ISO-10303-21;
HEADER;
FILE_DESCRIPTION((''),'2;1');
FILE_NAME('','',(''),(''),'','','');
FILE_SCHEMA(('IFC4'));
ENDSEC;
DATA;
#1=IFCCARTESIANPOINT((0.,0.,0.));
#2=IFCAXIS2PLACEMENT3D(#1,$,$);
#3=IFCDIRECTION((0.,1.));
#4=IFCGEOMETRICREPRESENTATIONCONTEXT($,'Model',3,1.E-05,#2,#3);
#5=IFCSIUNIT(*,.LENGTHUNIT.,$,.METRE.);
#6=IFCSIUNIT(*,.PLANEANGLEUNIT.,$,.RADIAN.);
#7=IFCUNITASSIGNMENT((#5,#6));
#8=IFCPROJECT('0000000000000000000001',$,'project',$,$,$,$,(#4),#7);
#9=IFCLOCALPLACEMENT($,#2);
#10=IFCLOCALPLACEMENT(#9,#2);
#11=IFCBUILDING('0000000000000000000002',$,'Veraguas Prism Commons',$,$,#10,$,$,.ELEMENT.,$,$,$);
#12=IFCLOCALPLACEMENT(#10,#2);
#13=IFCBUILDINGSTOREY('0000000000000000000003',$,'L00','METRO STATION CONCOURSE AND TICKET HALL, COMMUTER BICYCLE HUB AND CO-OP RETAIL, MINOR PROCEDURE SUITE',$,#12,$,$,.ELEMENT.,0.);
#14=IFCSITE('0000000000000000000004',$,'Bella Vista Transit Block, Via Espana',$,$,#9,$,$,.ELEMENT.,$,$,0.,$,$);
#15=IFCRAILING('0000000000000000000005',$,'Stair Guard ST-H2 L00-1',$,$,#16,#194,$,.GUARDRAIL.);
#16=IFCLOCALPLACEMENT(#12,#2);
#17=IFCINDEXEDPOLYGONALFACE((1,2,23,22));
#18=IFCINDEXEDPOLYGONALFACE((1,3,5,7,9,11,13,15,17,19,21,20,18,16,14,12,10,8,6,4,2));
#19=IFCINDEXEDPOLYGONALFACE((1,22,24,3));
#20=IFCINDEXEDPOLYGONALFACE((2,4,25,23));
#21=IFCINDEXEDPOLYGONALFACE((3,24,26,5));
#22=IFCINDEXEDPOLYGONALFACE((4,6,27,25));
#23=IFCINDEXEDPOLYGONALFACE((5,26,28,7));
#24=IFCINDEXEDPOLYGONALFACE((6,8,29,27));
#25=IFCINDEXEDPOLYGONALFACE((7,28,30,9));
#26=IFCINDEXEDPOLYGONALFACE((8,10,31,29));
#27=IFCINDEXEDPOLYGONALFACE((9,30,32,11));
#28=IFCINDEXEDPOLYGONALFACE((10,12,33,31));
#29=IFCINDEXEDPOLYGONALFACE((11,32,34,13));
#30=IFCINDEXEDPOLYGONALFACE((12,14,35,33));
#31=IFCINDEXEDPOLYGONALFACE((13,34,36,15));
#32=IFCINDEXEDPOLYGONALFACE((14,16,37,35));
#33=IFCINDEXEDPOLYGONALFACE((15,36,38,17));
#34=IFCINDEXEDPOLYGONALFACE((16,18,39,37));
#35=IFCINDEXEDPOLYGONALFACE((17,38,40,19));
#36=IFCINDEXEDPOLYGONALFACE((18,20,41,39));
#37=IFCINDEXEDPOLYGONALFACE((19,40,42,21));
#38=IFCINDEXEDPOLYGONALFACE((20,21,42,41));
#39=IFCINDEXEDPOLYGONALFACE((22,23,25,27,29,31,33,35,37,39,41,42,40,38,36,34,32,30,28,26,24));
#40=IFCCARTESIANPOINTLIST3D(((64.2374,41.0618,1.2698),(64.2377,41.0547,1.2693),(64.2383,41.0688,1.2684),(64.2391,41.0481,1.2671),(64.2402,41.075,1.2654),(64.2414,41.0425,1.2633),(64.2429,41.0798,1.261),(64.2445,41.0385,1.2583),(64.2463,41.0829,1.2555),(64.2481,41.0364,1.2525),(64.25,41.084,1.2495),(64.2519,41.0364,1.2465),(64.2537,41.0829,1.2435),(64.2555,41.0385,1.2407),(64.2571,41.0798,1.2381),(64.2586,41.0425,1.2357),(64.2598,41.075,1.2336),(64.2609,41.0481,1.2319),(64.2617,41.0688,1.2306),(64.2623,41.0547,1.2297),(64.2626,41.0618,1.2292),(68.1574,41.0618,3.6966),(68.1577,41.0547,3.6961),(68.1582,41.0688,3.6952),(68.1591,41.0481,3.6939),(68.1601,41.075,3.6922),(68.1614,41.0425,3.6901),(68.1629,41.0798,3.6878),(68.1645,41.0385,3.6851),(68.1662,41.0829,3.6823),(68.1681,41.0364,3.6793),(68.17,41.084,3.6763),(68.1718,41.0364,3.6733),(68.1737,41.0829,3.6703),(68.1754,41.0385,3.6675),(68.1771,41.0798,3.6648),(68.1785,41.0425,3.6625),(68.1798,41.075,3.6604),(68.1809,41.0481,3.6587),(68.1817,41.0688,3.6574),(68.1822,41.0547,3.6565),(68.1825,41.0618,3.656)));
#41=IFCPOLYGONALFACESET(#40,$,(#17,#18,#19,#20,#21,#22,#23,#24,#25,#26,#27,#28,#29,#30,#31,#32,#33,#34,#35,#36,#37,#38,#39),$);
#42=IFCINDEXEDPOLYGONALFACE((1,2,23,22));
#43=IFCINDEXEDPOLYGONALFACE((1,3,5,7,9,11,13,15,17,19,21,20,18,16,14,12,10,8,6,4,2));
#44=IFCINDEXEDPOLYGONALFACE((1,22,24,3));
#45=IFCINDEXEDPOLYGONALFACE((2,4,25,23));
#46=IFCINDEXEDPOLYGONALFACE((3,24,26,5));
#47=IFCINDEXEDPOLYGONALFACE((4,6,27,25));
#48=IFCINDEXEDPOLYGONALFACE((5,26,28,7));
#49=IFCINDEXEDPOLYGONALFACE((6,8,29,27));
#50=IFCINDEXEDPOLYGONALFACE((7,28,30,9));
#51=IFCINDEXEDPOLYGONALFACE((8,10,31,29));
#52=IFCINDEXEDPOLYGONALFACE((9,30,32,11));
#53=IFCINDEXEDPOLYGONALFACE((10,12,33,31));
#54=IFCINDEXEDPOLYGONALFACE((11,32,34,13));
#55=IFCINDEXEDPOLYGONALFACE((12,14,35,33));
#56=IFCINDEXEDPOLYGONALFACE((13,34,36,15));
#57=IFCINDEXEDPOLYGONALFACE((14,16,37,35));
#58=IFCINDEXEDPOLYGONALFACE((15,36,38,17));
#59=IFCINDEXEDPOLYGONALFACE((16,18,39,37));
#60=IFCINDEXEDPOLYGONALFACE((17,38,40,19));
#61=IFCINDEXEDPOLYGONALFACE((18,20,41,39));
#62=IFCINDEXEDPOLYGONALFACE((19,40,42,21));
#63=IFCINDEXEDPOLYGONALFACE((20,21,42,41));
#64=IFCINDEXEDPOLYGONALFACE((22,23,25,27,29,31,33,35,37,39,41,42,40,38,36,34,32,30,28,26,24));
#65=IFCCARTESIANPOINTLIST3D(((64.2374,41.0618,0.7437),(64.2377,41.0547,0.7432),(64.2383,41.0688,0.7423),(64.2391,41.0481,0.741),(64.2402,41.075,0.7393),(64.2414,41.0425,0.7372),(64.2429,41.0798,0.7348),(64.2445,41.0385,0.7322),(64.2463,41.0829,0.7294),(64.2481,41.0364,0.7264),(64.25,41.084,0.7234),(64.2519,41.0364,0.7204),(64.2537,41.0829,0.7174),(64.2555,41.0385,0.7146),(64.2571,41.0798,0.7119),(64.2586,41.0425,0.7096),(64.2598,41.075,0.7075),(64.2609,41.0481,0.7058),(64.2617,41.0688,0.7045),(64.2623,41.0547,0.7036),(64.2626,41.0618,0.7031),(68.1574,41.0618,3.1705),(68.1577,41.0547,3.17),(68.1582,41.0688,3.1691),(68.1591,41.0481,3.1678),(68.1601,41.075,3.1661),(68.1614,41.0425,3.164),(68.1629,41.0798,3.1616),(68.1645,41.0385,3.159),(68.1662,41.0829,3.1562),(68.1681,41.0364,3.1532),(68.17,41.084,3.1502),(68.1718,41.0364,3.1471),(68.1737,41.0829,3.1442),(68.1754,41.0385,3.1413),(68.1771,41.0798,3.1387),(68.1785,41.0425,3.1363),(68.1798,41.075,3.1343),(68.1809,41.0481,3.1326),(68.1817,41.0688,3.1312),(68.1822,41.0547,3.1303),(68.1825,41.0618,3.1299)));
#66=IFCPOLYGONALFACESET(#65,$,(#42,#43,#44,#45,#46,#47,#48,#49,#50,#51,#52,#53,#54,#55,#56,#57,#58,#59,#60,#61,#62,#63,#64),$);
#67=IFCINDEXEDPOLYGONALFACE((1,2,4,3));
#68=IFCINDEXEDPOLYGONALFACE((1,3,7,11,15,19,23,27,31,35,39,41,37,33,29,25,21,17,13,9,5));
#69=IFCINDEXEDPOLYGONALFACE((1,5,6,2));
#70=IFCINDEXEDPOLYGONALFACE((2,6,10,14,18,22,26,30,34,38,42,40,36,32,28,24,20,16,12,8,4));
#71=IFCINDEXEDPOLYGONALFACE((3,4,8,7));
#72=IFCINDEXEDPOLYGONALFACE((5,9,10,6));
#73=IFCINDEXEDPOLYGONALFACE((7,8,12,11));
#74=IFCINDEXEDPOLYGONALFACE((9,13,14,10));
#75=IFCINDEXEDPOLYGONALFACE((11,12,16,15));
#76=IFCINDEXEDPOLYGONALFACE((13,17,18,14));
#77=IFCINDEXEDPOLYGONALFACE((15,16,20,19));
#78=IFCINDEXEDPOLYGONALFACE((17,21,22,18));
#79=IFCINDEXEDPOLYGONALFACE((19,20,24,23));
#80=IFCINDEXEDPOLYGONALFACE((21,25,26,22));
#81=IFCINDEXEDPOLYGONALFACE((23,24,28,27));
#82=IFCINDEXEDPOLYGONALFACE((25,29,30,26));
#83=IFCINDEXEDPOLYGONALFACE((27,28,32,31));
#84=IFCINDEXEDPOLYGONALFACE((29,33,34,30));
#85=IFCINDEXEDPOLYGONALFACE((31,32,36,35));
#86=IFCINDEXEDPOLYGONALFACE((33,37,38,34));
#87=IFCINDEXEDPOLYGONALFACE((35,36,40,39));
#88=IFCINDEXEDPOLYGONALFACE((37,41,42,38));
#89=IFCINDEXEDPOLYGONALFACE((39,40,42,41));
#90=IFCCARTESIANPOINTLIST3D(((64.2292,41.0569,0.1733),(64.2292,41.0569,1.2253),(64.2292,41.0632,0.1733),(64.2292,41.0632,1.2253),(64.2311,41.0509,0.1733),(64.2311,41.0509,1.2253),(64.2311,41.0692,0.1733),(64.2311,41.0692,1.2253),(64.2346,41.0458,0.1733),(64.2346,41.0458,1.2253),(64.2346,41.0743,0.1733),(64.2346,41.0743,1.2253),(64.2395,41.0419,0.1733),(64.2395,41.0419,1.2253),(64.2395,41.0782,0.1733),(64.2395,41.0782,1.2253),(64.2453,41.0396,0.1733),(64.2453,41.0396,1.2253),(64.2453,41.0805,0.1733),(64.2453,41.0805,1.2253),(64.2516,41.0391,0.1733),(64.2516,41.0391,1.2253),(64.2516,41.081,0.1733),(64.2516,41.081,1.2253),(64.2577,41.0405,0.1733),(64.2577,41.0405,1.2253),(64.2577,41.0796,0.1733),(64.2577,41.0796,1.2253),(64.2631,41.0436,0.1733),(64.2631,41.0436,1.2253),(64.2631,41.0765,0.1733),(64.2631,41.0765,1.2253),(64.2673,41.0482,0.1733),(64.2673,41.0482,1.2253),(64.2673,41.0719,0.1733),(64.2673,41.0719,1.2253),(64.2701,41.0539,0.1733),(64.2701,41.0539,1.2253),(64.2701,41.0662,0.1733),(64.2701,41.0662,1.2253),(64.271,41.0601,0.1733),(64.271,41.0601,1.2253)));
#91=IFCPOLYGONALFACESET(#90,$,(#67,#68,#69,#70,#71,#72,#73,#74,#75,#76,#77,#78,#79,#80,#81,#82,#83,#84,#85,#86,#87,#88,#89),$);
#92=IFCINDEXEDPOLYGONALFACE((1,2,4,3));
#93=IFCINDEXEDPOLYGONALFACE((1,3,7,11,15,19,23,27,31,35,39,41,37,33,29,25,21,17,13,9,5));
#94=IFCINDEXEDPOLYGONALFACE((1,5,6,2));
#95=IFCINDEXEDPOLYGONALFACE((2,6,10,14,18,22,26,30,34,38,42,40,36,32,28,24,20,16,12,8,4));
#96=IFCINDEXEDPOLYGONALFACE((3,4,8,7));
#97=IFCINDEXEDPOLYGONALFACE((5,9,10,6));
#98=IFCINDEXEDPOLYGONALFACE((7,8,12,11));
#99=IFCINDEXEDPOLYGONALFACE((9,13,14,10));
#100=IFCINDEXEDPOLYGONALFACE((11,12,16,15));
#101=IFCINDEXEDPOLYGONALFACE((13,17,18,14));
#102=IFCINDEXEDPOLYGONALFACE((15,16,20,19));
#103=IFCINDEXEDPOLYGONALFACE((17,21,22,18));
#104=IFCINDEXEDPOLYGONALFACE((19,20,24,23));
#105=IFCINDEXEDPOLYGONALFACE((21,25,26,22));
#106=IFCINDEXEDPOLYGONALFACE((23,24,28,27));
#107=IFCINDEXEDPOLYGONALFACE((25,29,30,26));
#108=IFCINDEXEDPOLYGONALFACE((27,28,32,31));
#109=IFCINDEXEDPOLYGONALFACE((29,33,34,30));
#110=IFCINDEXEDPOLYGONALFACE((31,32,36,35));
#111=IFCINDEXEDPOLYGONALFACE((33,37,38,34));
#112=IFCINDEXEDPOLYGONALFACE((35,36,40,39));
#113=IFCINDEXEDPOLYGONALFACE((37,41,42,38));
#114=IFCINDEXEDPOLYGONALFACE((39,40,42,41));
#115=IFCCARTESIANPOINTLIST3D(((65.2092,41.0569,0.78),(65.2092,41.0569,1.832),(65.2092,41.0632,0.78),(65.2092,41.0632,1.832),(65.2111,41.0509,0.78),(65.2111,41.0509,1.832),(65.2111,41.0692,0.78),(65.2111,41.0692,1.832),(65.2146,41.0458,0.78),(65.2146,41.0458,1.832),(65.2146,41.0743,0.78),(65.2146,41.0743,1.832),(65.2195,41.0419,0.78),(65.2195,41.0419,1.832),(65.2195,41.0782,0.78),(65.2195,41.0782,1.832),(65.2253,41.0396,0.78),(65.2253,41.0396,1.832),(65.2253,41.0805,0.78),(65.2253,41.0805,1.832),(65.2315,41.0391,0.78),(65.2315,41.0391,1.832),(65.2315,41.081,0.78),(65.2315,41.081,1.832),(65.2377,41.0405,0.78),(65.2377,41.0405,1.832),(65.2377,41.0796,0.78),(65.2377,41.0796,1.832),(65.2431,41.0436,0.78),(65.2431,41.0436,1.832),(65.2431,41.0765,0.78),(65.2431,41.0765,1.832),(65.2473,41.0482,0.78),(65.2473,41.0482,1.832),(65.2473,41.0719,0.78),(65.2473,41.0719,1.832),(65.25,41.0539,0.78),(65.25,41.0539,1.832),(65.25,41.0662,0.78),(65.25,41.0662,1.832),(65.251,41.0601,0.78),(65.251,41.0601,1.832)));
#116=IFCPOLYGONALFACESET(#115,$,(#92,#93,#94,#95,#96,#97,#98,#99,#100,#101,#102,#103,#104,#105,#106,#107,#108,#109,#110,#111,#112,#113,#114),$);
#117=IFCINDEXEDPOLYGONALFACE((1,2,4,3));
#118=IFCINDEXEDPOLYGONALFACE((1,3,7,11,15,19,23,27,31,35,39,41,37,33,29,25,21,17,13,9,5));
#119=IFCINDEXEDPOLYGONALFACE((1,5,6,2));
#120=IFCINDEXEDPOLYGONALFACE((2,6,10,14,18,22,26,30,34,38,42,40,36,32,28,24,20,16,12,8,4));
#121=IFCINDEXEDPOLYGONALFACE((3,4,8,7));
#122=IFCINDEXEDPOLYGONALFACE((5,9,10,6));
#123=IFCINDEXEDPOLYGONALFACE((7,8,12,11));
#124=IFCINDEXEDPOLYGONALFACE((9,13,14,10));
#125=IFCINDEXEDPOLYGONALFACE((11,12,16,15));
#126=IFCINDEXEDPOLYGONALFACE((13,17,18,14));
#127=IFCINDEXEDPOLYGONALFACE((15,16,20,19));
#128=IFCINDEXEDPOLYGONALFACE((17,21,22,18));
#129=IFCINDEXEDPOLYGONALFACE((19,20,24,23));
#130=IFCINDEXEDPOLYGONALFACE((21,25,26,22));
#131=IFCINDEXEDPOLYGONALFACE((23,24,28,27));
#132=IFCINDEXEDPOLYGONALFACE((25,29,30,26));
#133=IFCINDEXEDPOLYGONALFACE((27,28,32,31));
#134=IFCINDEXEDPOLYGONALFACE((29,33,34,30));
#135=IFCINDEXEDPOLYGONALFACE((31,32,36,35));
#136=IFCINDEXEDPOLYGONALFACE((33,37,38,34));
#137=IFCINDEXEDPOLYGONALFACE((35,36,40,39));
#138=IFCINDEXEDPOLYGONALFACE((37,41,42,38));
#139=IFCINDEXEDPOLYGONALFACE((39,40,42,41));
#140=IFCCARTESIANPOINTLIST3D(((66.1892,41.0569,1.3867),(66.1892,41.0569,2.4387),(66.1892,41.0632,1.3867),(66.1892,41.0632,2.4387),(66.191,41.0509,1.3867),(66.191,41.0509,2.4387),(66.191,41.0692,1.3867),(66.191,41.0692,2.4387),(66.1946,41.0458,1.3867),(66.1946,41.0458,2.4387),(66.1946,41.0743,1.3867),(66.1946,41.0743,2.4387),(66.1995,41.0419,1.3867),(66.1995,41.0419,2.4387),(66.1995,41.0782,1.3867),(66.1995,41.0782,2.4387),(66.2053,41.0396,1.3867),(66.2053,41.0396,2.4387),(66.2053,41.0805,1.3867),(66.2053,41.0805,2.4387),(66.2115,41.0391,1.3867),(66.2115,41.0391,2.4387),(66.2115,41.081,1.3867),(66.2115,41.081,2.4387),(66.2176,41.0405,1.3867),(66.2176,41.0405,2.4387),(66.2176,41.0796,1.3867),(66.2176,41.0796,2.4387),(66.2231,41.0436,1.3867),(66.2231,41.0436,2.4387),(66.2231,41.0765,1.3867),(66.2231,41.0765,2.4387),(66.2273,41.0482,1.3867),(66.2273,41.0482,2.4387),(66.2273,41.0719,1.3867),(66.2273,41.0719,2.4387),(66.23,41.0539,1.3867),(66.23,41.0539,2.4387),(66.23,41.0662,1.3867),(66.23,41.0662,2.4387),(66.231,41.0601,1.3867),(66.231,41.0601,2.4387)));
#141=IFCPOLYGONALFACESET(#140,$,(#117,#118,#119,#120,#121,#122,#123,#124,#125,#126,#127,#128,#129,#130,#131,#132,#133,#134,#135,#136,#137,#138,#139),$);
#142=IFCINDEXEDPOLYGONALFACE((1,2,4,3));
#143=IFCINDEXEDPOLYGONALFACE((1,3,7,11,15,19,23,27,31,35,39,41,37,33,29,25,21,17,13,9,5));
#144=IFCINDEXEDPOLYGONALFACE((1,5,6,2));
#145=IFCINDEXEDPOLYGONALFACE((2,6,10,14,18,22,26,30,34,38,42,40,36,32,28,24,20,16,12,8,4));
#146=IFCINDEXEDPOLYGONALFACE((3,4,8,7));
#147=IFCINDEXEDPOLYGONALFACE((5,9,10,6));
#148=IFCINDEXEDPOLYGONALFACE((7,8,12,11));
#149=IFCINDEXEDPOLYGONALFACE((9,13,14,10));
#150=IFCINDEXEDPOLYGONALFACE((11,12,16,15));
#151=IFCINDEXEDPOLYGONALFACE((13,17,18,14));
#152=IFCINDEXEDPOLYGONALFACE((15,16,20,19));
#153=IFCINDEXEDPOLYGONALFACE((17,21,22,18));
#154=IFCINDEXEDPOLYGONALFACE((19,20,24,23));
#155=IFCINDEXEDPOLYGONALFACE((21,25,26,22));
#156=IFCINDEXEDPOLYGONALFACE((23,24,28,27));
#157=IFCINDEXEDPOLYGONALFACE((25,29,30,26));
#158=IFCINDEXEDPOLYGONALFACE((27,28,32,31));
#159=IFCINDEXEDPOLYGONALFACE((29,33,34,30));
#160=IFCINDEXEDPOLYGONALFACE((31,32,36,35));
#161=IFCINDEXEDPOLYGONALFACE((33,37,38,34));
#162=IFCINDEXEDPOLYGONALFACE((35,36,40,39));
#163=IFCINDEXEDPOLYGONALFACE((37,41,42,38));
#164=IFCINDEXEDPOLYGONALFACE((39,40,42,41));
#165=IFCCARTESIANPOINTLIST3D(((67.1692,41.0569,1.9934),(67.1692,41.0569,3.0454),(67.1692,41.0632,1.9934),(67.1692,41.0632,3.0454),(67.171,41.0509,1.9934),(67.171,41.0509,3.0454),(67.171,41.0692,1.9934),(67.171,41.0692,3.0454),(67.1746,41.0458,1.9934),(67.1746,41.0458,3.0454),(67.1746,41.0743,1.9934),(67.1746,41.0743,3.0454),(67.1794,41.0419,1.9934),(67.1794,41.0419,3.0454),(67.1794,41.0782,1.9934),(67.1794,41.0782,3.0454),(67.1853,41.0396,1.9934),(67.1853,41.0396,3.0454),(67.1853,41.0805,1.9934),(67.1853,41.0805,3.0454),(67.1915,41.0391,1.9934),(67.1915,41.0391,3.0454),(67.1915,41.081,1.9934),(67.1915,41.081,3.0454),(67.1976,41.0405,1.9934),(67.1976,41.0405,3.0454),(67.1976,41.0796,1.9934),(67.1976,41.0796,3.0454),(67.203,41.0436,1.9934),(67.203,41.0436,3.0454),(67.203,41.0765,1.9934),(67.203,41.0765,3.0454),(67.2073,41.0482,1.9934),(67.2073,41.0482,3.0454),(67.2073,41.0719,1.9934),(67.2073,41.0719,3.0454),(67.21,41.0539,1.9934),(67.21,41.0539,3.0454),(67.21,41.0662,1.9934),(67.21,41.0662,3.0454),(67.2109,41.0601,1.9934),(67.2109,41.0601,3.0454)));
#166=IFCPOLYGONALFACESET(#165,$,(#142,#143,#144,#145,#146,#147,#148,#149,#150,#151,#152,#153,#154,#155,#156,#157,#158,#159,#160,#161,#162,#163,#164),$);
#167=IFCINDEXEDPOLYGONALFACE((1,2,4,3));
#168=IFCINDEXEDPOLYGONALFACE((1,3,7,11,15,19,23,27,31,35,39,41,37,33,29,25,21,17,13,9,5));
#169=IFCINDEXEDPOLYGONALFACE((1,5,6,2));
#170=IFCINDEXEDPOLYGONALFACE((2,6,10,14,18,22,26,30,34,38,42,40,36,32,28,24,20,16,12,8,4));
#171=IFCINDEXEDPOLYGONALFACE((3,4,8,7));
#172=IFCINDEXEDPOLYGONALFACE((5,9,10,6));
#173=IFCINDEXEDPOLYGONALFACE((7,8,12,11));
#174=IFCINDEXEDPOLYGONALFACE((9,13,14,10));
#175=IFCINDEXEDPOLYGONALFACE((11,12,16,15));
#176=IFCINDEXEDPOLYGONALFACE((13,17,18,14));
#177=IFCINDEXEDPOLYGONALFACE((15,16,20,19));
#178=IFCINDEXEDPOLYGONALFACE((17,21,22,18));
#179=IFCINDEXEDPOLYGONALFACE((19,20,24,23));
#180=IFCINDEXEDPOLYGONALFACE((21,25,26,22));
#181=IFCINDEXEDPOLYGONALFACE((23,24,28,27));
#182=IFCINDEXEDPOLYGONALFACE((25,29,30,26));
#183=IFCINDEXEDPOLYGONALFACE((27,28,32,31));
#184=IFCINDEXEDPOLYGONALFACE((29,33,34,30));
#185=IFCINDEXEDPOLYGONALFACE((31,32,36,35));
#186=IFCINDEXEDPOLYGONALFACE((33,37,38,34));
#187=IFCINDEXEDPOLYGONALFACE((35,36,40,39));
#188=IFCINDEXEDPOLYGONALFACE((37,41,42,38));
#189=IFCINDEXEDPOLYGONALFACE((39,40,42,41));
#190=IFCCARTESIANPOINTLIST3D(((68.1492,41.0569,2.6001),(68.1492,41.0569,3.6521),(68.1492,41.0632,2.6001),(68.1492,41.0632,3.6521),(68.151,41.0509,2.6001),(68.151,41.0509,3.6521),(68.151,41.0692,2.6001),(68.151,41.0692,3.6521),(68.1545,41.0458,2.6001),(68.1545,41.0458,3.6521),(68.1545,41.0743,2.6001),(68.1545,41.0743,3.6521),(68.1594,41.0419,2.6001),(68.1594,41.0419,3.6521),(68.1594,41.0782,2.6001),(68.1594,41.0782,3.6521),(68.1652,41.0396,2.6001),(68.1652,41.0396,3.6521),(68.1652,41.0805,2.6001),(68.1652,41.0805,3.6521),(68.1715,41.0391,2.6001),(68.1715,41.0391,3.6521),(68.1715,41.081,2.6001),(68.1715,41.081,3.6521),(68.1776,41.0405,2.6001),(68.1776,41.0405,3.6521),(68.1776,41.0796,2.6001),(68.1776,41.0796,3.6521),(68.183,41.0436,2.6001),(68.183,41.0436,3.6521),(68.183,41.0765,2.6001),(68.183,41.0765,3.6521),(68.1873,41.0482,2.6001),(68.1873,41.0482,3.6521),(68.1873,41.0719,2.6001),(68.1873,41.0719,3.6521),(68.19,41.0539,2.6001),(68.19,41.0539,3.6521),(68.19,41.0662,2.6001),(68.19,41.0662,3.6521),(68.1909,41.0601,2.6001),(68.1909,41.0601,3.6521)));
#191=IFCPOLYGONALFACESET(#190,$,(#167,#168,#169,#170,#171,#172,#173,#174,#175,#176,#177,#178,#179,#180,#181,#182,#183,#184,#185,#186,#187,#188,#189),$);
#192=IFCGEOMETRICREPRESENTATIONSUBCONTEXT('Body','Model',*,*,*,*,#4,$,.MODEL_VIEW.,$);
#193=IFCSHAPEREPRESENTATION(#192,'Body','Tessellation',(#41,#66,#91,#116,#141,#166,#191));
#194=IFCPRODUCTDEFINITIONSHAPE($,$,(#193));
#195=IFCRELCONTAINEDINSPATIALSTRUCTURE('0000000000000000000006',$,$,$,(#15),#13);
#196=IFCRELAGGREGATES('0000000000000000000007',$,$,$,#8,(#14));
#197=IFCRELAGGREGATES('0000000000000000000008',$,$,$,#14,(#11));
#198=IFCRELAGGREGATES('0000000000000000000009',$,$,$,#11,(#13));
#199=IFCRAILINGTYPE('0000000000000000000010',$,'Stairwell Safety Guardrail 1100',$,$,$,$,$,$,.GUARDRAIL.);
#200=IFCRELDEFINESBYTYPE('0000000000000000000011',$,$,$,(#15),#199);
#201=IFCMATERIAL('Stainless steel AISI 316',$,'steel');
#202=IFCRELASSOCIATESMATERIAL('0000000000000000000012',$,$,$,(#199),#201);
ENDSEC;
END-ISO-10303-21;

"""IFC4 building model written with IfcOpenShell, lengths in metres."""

from ifc_helpers import new_model, si_unit, direction, frame, origin, origin_2d, place, context, subcontext, project, spatial, circle, extrude, material, type_object, element, save


model = new_model("IFC4")

# Units and contexts
model_context = context("Model", 3, precision=1e-05, world=origin(), true_north=direction((0.0, 1.0)))
body_context = subcontext(model_context, "Body", "Model", "MODEL_VIEW")
ifc_project = project(units=[si_unit("LENGTHUNIT", "METRE"), si_unit("PLANEANGLEUNIT", "RADIAN")], contexts=[model_context])

# Site, building, storey
site_placement = place(None, origin())
site = spatial("IfcSite", under=ifc_project, at=site_placement, Name="Bella Vista Transit Block, Via Espana", CompositionType="ELEMENT", RefElevation=0.0)
building_placement = place(site_placement, origin())
building = spatial("IfcBuilding", under=site, at=building_placement, Name="Veraguas Prism Commons", CompositionType="ELEMENT")
storey_placement = place(building_placement, origin())
storey = spatial("IfcBuildingStorey", under=building, at=storey_placement, Name="L00", Description="METRO STATION CONCOURSE AND TICKET HALL, COMMUTER BICYCLE HUB AND CO-OP RETAIL, MINOR PROCEDURE SUITE", CompositionType="ELEMENT", Elevation=0.0)

# Railing
ifc_material_1 = material(Name="Stainless steel AISI 316", Category="steel")
railing_type_1 = type_object("IfcRailingType", Name="Stairwell Safety Guardrail 1100", PredefinedType="GUARDRAIL", material=ifc_material_1)
railing_1_placement = place(storey_placement, frame((64.25, 41.0601, 0.1733)))
element("IfcRailing", 1, at=railing_1_placement, inside=storey, type_object=railing_type_1, Name="Stair Guard ST-H2 L00-1", PredefinedType="GUARDRAIL", context=body_context, shape_type="SweptSolid", body=[
    extrude(circle(Radius=0.0239, at=origin_2d()), frame((0.0, 0.0, 1.0762), z_axis=(0.850252, 0.0, 0.526376), x_axis=(0.0, 1.0, 0.0)), (0.0, 0.0, 1.0), 4.6104),
    extrude(circle(Radius=0.0239, at=origin_2d()), frame((0.0, 0.0, 0.55), z_axis=(0.850252, 0.0, 0.526376), x_axis=(0.0, 1.0, 0.0)), (0.0, 0.0, 1.0), 4.6104),
    extrude(circle(Radius=0.021, at=origin_2d()), origin(), (0.0, 0.0, 1.0), 1.052),
    extrude(circle(Radius=0.021, at=origin_2d()), frame((0.98, 0.0, 0.6067)), (0.0, 0.0, 1.0), 1.052),
    extrude(circle(Radius=0.021, at=origin_2d()), frame((1.96, 0.0, 1.2134)), (0.0, 0.0, 1.0), 1.052),
    extrude(circle(Radius=0.021, at=origin_2d()), frame((2.9399, 0.0, 1.8201)), (0.0, 0.0, 1.0), 1.052),
    extrude(circle(Radius=0.021, at=origin_2d()), frame((3.9199, 0.0, 2.4268)), (0.0, 0.0, 1.0), 1.052),
])

save(model, "model.ifc")
